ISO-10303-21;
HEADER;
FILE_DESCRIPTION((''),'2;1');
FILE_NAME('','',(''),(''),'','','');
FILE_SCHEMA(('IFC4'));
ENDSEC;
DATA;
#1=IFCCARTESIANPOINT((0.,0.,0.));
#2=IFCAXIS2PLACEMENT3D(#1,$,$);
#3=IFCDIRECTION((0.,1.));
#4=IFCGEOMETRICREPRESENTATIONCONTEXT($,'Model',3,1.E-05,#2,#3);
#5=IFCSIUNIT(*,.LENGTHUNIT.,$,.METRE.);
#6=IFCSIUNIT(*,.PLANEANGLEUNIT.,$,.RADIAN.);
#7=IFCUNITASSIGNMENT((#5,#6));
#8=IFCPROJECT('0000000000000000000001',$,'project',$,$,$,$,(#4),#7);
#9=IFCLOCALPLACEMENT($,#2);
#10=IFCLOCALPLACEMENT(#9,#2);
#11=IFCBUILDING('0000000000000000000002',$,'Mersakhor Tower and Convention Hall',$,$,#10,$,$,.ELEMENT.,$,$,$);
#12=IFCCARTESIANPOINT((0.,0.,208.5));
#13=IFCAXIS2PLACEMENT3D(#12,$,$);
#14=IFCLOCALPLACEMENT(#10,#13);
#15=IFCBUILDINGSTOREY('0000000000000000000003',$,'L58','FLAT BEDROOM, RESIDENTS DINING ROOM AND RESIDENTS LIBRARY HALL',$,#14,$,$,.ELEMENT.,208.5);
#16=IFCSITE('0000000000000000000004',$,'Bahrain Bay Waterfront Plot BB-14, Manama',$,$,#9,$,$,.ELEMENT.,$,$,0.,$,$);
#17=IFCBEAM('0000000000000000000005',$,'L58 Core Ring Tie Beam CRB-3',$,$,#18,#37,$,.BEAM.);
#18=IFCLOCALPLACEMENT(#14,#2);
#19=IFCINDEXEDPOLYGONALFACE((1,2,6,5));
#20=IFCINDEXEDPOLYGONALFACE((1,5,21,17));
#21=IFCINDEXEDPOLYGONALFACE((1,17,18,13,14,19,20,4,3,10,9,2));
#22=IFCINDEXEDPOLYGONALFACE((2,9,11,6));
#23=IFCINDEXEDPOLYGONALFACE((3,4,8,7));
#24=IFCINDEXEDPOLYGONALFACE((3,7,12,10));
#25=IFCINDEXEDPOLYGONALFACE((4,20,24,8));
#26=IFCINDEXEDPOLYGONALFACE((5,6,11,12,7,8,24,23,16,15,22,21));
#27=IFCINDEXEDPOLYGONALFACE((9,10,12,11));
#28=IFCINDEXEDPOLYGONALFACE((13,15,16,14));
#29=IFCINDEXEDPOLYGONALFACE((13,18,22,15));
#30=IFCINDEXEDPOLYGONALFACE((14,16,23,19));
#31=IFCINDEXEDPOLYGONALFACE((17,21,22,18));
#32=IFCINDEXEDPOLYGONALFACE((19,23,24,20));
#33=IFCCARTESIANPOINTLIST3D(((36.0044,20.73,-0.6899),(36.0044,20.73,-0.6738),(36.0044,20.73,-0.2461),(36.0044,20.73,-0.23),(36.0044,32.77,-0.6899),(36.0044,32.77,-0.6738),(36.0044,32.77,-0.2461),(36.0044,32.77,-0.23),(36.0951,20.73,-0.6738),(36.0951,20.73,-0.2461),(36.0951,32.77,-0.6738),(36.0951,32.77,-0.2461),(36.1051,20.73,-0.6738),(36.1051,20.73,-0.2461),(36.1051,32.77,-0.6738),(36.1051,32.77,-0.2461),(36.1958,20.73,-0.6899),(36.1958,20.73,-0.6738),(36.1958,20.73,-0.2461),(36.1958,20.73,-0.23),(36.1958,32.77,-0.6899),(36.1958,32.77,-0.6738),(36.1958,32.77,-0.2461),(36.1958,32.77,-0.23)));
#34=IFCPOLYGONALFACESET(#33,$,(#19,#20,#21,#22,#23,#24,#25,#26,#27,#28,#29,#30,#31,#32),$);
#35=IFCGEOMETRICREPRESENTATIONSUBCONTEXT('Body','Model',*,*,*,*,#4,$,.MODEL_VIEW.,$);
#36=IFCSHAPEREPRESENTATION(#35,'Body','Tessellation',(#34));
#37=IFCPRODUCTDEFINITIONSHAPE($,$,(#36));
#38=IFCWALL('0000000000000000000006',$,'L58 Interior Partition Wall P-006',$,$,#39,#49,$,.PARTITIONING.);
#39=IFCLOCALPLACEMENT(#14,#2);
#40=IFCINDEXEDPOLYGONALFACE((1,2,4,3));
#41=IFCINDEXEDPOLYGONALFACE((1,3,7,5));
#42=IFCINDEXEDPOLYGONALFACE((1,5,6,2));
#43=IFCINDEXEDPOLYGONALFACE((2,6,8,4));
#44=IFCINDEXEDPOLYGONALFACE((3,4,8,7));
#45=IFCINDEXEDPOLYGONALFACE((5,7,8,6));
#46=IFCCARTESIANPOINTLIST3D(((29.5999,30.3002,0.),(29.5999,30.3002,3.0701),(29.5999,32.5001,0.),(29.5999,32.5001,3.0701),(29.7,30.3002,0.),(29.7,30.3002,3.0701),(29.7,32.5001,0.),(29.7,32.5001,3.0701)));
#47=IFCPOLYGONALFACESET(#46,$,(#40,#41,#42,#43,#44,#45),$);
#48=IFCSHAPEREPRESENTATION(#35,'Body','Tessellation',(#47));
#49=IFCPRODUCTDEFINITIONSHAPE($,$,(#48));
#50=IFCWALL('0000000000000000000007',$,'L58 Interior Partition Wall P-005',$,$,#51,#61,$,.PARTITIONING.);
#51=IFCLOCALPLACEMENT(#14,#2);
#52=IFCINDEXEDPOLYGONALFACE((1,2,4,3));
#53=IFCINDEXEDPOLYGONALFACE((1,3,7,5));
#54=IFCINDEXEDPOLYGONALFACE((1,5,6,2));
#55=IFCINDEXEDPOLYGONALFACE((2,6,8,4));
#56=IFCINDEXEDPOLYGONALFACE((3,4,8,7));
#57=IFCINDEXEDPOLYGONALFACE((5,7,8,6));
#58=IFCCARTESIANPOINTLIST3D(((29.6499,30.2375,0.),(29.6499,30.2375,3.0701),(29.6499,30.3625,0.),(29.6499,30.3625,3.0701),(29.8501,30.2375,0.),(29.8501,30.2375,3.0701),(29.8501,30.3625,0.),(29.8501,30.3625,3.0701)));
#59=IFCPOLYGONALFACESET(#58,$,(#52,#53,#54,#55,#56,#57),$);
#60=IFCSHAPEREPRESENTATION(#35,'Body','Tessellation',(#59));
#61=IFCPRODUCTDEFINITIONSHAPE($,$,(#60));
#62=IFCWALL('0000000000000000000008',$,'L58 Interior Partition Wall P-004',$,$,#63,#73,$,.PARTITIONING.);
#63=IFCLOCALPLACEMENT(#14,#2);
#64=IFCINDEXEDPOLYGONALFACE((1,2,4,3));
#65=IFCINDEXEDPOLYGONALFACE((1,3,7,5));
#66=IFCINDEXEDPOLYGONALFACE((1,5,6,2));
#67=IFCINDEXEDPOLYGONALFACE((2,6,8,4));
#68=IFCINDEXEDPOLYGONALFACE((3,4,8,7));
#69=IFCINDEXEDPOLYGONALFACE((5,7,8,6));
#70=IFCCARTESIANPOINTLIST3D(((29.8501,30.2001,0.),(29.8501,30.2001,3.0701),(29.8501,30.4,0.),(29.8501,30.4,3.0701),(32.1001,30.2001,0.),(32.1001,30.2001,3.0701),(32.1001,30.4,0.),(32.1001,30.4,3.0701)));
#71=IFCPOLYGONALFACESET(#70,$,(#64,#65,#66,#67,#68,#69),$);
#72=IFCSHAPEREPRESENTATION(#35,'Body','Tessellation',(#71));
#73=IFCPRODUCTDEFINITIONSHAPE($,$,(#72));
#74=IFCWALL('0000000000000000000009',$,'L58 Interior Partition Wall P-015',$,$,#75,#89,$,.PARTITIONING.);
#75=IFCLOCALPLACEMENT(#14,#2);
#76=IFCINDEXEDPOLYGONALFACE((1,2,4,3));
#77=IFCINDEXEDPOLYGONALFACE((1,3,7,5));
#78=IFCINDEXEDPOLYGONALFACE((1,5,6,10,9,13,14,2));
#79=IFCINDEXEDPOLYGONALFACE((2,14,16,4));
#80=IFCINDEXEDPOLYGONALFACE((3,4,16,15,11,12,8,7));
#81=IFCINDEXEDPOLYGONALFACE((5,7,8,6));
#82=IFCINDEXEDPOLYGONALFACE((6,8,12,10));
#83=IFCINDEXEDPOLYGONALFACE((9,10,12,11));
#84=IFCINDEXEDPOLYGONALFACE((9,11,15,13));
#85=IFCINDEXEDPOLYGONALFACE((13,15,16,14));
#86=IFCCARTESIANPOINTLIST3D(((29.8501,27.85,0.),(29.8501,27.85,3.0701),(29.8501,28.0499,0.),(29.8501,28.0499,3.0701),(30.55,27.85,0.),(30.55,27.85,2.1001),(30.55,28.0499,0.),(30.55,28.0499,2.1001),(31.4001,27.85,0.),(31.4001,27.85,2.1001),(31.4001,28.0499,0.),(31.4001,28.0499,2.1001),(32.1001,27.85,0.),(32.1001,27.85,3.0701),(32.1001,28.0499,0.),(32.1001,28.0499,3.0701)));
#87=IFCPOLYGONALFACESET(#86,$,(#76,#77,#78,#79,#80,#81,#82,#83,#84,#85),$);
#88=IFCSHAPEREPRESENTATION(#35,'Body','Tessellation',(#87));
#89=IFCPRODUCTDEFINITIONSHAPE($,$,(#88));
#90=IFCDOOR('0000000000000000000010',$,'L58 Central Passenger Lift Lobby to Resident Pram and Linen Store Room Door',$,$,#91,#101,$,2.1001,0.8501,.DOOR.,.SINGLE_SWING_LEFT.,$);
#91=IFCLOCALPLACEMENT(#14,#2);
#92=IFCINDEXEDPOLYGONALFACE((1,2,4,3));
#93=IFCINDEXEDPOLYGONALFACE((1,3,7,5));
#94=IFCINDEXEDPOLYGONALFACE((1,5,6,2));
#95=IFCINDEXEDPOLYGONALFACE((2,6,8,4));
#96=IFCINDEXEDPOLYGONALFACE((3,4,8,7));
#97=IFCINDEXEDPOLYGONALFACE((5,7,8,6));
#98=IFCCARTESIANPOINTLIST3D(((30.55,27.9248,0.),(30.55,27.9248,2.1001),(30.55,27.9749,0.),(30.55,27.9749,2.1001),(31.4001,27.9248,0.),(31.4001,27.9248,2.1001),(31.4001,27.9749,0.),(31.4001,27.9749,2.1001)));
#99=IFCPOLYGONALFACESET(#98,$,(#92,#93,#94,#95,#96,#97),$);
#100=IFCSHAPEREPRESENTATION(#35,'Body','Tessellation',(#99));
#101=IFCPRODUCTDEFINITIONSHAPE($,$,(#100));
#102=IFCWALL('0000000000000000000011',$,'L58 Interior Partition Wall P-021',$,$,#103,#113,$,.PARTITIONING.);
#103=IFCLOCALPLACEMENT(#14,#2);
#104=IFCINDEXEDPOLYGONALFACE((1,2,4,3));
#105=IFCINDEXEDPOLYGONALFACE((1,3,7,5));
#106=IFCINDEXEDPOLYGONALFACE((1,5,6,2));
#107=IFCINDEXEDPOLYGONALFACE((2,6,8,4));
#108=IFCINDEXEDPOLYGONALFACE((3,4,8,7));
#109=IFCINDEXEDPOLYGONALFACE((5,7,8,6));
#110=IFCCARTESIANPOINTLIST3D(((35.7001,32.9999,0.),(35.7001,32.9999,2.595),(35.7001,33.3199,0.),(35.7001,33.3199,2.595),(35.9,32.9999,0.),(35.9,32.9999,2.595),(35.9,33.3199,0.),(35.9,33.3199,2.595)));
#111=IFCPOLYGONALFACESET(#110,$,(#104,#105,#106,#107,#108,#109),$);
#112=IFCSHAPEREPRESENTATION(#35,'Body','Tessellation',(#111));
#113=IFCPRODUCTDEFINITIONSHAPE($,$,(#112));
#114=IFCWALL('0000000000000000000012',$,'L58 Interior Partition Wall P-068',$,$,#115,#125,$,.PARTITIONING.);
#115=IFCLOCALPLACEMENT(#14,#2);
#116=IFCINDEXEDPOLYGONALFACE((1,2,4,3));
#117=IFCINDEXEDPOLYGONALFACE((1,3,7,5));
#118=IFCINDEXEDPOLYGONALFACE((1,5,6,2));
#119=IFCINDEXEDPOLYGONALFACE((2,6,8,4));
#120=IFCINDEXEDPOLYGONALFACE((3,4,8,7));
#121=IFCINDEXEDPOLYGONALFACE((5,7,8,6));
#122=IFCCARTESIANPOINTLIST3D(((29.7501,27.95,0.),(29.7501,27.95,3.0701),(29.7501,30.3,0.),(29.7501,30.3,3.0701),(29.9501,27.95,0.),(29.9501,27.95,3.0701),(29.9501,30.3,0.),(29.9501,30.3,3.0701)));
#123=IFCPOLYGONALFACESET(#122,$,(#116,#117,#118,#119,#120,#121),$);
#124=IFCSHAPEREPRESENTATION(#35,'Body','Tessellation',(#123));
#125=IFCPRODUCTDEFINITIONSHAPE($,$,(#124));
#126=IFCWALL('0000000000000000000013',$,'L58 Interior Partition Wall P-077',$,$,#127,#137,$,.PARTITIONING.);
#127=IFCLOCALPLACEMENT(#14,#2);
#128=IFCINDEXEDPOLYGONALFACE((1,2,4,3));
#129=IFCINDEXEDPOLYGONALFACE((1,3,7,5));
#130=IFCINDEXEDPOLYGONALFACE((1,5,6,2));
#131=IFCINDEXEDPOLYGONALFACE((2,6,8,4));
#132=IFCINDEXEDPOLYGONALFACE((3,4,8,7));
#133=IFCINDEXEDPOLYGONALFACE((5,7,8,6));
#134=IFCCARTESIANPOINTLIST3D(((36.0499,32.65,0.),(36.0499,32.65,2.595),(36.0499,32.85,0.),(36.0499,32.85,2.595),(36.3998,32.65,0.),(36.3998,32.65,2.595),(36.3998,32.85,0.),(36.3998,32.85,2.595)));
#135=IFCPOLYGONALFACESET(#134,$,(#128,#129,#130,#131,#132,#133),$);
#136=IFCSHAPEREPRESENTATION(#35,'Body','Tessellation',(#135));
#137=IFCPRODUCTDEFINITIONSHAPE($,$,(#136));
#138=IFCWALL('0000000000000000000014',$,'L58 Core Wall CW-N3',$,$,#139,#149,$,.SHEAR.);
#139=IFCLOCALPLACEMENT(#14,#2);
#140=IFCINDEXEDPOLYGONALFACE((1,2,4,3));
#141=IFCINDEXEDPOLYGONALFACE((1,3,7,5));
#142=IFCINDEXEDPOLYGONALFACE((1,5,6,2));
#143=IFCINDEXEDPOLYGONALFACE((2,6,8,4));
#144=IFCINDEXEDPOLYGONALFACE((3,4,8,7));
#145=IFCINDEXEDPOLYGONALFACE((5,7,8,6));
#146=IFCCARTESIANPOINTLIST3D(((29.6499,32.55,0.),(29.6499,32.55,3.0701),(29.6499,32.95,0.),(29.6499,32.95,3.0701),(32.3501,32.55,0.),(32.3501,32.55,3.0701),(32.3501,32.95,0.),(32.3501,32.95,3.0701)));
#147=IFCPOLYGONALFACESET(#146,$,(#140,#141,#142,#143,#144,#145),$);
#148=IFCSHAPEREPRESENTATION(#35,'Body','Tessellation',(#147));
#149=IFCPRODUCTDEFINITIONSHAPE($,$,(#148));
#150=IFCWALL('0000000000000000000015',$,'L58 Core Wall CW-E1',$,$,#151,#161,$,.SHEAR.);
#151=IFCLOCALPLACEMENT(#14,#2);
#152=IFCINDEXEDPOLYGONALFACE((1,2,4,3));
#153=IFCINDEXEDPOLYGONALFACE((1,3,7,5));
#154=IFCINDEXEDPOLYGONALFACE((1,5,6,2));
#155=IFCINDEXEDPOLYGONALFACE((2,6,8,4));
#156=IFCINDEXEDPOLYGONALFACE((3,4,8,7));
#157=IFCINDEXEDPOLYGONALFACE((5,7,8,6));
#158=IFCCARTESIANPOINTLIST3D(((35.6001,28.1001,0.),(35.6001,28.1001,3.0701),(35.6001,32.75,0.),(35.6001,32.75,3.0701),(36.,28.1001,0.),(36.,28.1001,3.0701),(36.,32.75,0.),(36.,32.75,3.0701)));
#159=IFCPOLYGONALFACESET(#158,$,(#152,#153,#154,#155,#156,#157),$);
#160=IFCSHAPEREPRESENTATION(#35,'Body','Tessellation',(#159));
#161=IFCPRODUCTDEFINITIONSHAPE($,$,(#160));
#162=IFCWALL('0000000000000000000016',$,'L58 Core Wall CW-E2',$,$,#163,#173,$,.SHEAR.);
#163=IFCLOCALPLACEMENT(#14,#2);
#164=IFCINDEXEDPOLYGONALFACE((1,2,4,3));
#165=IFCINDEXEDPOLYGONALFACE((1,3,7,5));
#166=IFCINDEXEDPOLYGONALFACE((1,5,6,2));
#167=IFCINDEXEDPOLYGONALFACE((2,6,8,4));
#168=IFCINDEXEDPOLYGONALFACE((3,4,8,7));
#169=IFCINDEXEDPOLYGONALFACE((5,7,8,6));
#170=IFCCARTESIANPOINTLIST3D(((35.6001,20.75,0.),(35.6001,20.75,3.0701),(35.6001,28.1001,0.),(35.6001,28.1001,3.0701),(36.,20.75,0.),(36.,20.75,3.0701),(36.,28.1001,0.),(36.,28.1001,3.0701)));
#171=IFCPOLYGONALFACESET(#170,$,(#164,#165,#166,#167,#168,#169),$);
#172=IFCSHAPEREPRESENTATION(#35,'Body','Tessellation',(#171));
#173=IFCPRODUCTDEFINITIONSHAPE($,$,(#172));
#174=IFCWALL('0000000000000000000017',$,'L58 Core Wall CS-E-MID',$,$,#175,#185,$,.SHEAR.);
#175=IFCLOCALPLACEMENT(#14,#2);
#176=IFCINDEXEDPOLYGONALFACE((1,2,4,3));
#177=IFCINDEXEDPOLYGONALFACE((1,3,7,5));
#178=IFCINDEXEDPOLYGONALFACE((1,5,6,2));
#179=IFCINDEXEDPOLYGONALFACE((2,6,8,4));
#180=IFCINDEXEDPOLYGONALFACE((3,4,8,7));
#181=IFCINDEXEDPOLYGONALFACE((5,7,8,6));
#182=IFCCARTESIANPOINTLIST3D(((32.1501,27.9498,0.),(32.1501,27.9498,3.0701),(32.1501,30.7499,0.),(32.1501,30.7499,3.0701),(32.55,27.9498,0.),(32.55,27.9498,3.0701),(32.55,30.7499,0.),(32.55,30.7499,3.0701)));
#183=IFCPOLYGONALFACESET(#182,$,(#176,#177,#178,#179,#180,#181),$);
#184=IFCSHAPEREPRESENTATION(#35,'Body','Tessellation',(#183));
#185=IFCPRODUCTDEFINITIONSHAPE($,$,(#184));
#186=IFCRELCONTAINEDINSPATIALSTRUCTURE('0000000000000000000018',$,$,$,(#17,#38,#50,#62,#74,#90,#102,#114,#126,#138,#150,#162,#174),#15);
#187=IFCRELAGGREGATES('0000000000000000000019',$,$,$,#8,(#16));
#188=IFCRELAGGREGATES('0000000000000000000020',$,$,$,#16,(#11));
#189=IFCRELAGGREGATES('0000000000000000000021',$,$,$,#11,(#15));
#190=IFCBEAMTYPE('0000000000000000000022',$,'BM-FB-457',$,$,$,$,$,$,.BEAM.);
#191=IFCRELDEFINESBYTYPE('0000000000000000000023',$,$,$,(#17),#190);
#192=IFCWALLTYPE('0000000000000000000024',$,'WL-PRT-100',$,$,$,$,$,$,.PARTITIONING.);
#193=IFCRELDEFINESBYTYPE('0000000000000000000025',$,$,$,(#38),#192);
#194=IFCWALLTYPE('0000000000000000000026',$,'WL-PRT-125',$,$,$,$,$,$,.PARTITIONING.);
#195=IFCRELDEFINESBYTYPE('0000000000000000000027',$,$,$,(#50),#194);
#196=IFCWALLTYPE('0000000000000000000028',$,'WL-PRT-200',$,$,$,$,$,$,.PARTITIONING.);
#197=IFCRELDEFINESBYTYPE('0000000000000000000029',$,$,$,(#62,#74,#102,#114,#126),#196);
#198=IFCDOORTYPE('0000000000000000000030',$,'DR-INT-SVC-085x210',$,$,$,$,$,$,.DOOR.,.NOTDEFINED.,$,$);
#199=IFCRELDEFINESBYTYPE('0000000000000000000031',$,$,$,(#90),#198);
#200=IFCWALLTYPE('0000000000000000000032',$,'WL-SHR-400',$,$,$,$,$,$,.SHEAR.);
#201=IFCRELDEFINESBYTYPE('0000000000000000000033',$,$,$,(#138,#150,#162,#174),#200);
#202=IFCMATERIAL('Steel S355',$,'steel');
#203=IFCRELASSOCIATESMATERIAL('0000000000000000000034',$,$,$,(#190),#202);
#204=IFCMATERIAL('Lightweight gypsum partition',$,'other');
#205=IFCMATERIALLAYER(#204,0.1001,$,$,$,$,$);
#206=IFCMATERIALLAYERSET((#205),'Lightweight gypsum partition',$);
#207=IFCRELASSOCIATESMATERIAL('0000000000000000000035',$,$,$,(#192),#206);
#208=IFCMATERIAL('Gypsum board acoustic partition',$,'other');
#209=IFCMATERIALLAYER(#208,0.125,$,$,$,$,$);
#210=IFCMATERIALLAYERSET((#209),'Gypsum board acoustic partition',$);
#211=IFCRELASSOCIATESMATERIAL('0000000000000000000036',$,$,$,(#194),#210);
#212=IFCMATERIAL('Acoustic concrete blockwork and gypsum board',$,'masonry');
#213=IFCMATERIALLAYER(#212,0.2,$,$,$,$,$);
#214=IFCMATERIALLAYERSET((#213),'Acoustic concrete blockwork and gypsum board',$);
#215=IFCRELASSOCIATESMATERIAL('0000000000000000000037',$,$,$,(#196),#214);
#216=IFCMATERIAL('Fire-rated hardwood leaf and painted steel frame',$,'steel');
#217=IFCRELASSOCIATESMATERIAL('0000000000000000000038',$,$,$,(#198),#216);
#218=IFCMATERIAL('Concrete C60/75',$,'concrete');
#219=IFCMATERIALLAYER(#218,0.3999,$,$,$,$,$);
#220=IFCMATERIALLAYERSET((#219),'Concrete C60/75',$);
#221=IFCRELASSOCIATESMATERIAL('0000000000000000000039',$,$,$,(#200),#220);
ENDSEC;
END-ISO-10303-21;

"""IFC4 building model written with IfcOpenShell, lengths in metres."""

from ifc_helpers import new_model, si_unit, direction, frame, frame_2d, origin, origin_2d, place, context, subcontext, project, spatial, rectangle, i_section, extrude, material, layer, layer_set, material_profile, profile_set, type_object, element, fill, save


model = new_model("IFC4")

# Units and contexts
model_context = context("Model", 3, precision=1e-05, world=origin(), true_north=direction((0.0, 1.0)))
body_context = subcontext(model_context, "Body", "Model", "MODEL_VIEW")
ifc_project = project(units=[si_unit("LENGTHUNIT", "METRE"), si_unit("PLANEANGLEUNIT", "RADIAN")], contexts=[model_context])

# Site, building, storey
site_placement = place(None, origin())
site = spatial("IfcSite", under=ifc_project, at=site_placement, Name="Bahrain Bay Waterfront Plot BB-14, Manama", CompositionType="ELEMENT", RefElevation=0.0)
building_placement = place(site_placement, origin())
building = spatial("IfcBuilding", under=site, at=building_placement, Name="Mersakhor Tower and Convention Hall", CompositionType="ELEMENT")
storey_placement = place(building_placement, frame((0.0, 0.0, 208.5)))
storey = spatial("IfcBuildingStorey", under=building, at=storey_placement, Name="L58", Description="FLAT BEDROOM, RESIDENTS DINING ROOM AND RESIDENTS LIBRARY HALL", CompositionType="ELEMENT", Elevation=208.5)

# Beam
ifc_material_1 = material(Name="Steel S355", Category="steel")
ifc_material_profile = material_profile(ifc_material_1, i_section(OverallWidth=0.1914, OverallDepth=0.46, WebThickness=0.01, FlangeThickness=0.0161, at=origin_2d()), Name="UB 457x191x82")
ifc_profile_set = profile_set([ifc_material_profile], Name="Steel S355")
beam_type = type_object("IfcBeamType", Name="BM-FB-457", PredefinedType="BEAM", material=ifc_profile_set)
beam_placement = place(storey_placement, frame((36.1001, 32.77, -0.46), z_axis=(0.0, -1.0, 0.0), x_axis=(1.0, 0.0, 0.0)))
element("IfcBeam", 1, at=beam_placement, inside=storey, type_object=beam_type, Name="L58 Core Ring Tie Beam CRB-3", PredefinedType="BEAM", context=body_context, shape_type="SweptSolid", body=[
    extrude(i_section(OverallWidth=0.1914, OverallDepth=0.46, WebThickness=0.01, FlangeThickness=0.0161, at=origin_2d()), origin(), (0.0, 0.0, 1.0), 12.04),
])

# Walls
ifc_material_2 = material(Name="Lightweight gypsum partition", Category="other")
ifc_layer_1 = layer(ifc_material_2, 0.1001)
ifc_layer_set_1 = layer_set([ifc_layer_1], Name="Lightweight gypsum partition")
wall_type_1 = type_object("IfcWallType", Name="WL-PRT-100", PredefinedType="PARTITIONING", material=ifc_layer_set_1)
wall_1_placement = place(storey_placement, frame((29.6499, 30.3, 0.0), z_axis=(0.0, 0.0, 1.0), x_axis=(0.0, 1.0, 0.0)))
element("IfcWall", 2, at=wall_1_placement, inside=storey, type_object=wall_type_1, Name="L58 Interior Partition Wall P-006", PredefinedType="PARTITIONING", context=body_context, shape_type="SweptSolid", body=[
    extrude(rectangle(XDim=2.2, YDim=0.1001, at=frame_2d((1.1001, 0.0))), origin(), (0.0, 0.0, 1.0), 3.0701),
])
ifc_material_3 = material(Name="Gypsum board acoustic partition", Category="other")
ifc_layer_2 = layer(ifc_material_3, 0.125)
ifc_layer_set_2 = layer_set([ifc_layer_2], Name="Gypsum board acoustic partition")
wall_type_2 = type_object("IfcWallType", Name="WL-PRT-125", PredefinedType="PARTITIONING", material=ifc_layer_set_2)
wall_2_placement = place(storey_placement, frame((29.8501, 30.3, 0.0), z_axis=(0.0, 0.0, 1.0), x_axis=(-1.0, 0.0, 0.0)))
element("IfcWall", 3, at=wall_2_placement, inside=storey, type_object=wall_type_2, Name="L58 Interior Partition Wall P-005", PredefinedType="PARTITIONING", context=body_context, shape_type="SweptSolid", body=[
    extrude(rectangle(XDim=0.2002, YDim=0.125, at=frame_2d((0.1001, 0.0))), origin(), (0.0, 0.0, 1.0), 3.0701),
])
ifc_material_4 = material(Name="Acoustic concrete blockwork and gypsum board", Category="masonry")
ifc_layer_3 = layer(ifc_material_4, 0.2)
ifc_layer_set_3 = layer_set([ifc_layer_3], Name="Acoustic concrete blockwork and gypsum board")
wall_type_3 = type_object("IfcWallType", Name="WL-PRT-200", PredefinedType="PARTITIONING", material=ifc_layer_set_3)
wall_3_placement = place(storey_placement, frame((32.1001, 30.3, 0.0), z_axis=(0.0, 0.0, 1.0), x_axis=(-1.0, 0.0, 0.0)))
element("IfcWall", 4, at=wall_3_placement, inside=storey, type_object=wall_type_3, Name="L58 Interior Partition Wall P-004", PredefinedType="PARTITIONING", context=body_context, shape_type="SweptSolid", body=[
    extrude(rectangle(XDim=2.25, YDim=0.2, at=frame_2d((1.125, 0.0))), origin(), (0.0, 0.0, 1.0), 3.0701),
])

# Wall, opening, door
wall_4_placement = place(storey_placement, frame((29.8501, 27.95, 0.0), z_axis=(0.0, 0.0, 1.0), x_axis=(1.0, 0.0, 0.0)))
wall_4 = element("IfcWall", 5, at=wall_4_placement, inside=storey, type_object=wall_type_3, Name="L58 Interior Partition Wall P-015", PredefinedType="PARTITIONING", context=body_context, shape_type="SweptSolid", body=[
    extrude(rectangle(XDim=2.25, YDim=0.2, at=frame_2d((1.125, 0.0))), origin(), (0.0, 0.0, 1.0), 3.0701),
])
opening_1_placement = place(wall_4_placement, frame((0.7, 0.0, 0.0)))
opening_1 = element("IfcOpeningElement", 6, at=opening_1_placement, cuts=wall_4, PredefinedType="OPENING", context=body_context, shape_type="SweptSolid", body=[
    extrude(rectangle(XDim=0.8501, YDim=2.1001, at=frame_2d((0.425, 1.05))), frame((0.0, 0.1099, 0.0), z_axis=(0.0, -1.0, 0.0), x_axis=(1.0, 0.0, 0.0)), (0.0, 0.0, 1.0), 0.22),
])
ifc_material_5 = material(Name="Fire-rated hardwood leaf and painted steel frame", Category="steel")
door_type_1 = type_object("IfcDoorType", Name="DR-INT-SVC-085x210", OperationType="NOTDEFINED", PredefinedType="DOOR", material=ifc_material_5)
door_1_placement = place(opening_1_placement, origin())
door_1 = element("IfcDoor", 7, at=door_1_placement, inside=storey, type_object=door_type_1, Name="L58 Central Passenger Lift Lobby to Resident Pram and Linen Store Room Door", OperationType="SINGLE_SWING_LEFT", OverallHeight=2.1001, OverallWidth=0.8501, PredefinedType="DOOR", context=body_context, shape_type="SweptSolid", body=[
    extrude(rectangle(XDim=0.8501, YDim=2.1001, at=frame_2d((0.425, 1.05))), frame((0.0, 0.0249, 0.0), z_axis=(0.0, -1.0, 0.0), x_axis=(1.0, 0.0, 0.0)), (0.0, 0.0, 1.0), 0.05),
])
fill(opening_1, door_1)

# Walls
wall_5_placement = place(storey_placement, frame((35.8, 33.3201, 0.0), z_axis=(0.0, 0.0, 1.0), x_axis=(0.0, -1.0, 0.0)))
element("IfcWall", 8, at=wall_5_placement, inside=storey, type_object=wall_type_3, Name="L58 Interior Partition Wall P-021", PredefinedType="PARTITIONING", context=body_context, shape_type="SweptSolid", body=[
    extrude(rectangle(XDim=0.3201, YDim=0.2, at=frame_2d((0.1602, 0.0))), origin(), (0.0, 0.0, 1.0), 2.595),
])
wall_6_placement = place(storey_placement, frame((29.8501, 30.3, 0.0), z_axis=(0.0, 0.0, 1.0), x_axis=(0.0, -1.0, 0.0)))
element("IfcWall", 9, at=wall_6_placement, inside=storey, type_object=wall_type_3, Name="L58 Interior Partition Wall P-068", PredefinedType="PARTITIONING", context=body_context, shape_type="SweptSolid", body=[
    extrude(rectangle(XDim=2.3501, YDim=0.2, at=frame_2d((1.175, 0.0))), origin(), (0.0, 0.0, 1.0), 3.0701),
])
wall_7_placement = place(storey_placement, frame((36.05, 32.75, 0.0), z_axis=(0.0, 0.0, 1.0), x_axis=(1.0, 0.0, 0.0)))
element("IfcWall", 10, at=wall_7_placement, inside=storey, type_object=wall_type_3, Name="L58 Interior Partition Wall P-077", PredefinedType="PARTITIONING", context=body_context, shape_type="SweptSolid", body=[
    extrude(rectangle(XDim=0.3499, YDim=0.2, at=frame_2d((0.1748, 0.0))), origin(), (0.0, 0.0, 1.0), 2.595),
])

# Wall
ifc_material_6 = material(Name="Concrete C60/75", Category="concrete")
ifc_layer_4 = layer(ifc_material_6, 0.3999)
ifc_layer_set_4 = layer_set([ifc_layer_4], Name="Concrete C60/75")
wall_type_4 = type_object("IfcWallType", Name="WL-SHR-400", PredefinedType="SHEAR", material=ifc_layer_set_4)
wall_8_placement = place(storey_placement, frame((29.6499, 32.75, 0.0), z_axis=(0.0, 0.0, 1.0), x_axis=(1.0, 0.0, 0.0)))
element("IfcWall", 11, at=wall_8_placement, inside=storey, type_object=wall_type_4, Name="L58 Core Wall CW-N3", PredefinedType="SHEAR", context=body_context, shape_type="SweptSolid", body=[
    extrude(rectangle(XDim=2.7002, YDim=0.3999, at=frame_2d((1.3501, 0.0))), origin(), (0.0, 0.0, 1.0), 3.0701),
])

# Walls
wall_9_placement = place(storey_placement, frame((35.8, 32.75, 0.0), z_axis=(0.0, 0.0, 1.0), x_axis=(0.0, -1.0, 0.0)))
element("IfcWall", 12, at=wall_9_placement, inside=storey, type_object=wall_type_4, Name="L58 Core Wall CW-E1", PredefinedType="SHEAR", context=body_context, shape_type="SweptSolid", body=[
    extrude(rectangle(XDim=4.6499, YDim=0.3999, at=frame_2d((2.325, 0.0))), origin(), (0.0, 0.0, 1.0), 3.0701),
])
wall_10_placement = place(storey_placement, frame((35.8, 28.1001, 0.0), z_axis=(0.0, 0.0, 1.0), x_axis=(0.0, -1.0, 0.0)))
element("IfcWall", 13, at=wall_10_placement, inside=storey, type_object=wall_type_4, Name="L58 Core Wall CW-E2", PredefinedType="SHEAR", context=body_context, shape_type="SweptSolid", body=[
    extrude(rectangle(XDim=7.3501, YDim=0.3999, at=frame_2d((3.675, 0.0))), origin(), (0.0, 0.0, 1.0), 3.0701),
])
wall_11_placement = place(storey_placement, frame((32.3501, 27.95, 0.0), z_axis=(0.0, 0.0, 1.0), x_axis=(0.0, 1.0, 0.0)))
element("IfcWall", 14, at=wall_11_placement, inside=storey, type_object=wall_type_4, Name="L58 Core Wall CS-E-MID", PredefinedType="SHEAR", context=body_context, shape_type="SweptSolid", body=[
    extrude(rectangle(XDim=2.8, YDim=0.3999, at=frame_2d((1.3999, 0.0))), origin(), (0.0, 0.0, 1.0), 3.0701),
])

save(model, "model.ifc")
